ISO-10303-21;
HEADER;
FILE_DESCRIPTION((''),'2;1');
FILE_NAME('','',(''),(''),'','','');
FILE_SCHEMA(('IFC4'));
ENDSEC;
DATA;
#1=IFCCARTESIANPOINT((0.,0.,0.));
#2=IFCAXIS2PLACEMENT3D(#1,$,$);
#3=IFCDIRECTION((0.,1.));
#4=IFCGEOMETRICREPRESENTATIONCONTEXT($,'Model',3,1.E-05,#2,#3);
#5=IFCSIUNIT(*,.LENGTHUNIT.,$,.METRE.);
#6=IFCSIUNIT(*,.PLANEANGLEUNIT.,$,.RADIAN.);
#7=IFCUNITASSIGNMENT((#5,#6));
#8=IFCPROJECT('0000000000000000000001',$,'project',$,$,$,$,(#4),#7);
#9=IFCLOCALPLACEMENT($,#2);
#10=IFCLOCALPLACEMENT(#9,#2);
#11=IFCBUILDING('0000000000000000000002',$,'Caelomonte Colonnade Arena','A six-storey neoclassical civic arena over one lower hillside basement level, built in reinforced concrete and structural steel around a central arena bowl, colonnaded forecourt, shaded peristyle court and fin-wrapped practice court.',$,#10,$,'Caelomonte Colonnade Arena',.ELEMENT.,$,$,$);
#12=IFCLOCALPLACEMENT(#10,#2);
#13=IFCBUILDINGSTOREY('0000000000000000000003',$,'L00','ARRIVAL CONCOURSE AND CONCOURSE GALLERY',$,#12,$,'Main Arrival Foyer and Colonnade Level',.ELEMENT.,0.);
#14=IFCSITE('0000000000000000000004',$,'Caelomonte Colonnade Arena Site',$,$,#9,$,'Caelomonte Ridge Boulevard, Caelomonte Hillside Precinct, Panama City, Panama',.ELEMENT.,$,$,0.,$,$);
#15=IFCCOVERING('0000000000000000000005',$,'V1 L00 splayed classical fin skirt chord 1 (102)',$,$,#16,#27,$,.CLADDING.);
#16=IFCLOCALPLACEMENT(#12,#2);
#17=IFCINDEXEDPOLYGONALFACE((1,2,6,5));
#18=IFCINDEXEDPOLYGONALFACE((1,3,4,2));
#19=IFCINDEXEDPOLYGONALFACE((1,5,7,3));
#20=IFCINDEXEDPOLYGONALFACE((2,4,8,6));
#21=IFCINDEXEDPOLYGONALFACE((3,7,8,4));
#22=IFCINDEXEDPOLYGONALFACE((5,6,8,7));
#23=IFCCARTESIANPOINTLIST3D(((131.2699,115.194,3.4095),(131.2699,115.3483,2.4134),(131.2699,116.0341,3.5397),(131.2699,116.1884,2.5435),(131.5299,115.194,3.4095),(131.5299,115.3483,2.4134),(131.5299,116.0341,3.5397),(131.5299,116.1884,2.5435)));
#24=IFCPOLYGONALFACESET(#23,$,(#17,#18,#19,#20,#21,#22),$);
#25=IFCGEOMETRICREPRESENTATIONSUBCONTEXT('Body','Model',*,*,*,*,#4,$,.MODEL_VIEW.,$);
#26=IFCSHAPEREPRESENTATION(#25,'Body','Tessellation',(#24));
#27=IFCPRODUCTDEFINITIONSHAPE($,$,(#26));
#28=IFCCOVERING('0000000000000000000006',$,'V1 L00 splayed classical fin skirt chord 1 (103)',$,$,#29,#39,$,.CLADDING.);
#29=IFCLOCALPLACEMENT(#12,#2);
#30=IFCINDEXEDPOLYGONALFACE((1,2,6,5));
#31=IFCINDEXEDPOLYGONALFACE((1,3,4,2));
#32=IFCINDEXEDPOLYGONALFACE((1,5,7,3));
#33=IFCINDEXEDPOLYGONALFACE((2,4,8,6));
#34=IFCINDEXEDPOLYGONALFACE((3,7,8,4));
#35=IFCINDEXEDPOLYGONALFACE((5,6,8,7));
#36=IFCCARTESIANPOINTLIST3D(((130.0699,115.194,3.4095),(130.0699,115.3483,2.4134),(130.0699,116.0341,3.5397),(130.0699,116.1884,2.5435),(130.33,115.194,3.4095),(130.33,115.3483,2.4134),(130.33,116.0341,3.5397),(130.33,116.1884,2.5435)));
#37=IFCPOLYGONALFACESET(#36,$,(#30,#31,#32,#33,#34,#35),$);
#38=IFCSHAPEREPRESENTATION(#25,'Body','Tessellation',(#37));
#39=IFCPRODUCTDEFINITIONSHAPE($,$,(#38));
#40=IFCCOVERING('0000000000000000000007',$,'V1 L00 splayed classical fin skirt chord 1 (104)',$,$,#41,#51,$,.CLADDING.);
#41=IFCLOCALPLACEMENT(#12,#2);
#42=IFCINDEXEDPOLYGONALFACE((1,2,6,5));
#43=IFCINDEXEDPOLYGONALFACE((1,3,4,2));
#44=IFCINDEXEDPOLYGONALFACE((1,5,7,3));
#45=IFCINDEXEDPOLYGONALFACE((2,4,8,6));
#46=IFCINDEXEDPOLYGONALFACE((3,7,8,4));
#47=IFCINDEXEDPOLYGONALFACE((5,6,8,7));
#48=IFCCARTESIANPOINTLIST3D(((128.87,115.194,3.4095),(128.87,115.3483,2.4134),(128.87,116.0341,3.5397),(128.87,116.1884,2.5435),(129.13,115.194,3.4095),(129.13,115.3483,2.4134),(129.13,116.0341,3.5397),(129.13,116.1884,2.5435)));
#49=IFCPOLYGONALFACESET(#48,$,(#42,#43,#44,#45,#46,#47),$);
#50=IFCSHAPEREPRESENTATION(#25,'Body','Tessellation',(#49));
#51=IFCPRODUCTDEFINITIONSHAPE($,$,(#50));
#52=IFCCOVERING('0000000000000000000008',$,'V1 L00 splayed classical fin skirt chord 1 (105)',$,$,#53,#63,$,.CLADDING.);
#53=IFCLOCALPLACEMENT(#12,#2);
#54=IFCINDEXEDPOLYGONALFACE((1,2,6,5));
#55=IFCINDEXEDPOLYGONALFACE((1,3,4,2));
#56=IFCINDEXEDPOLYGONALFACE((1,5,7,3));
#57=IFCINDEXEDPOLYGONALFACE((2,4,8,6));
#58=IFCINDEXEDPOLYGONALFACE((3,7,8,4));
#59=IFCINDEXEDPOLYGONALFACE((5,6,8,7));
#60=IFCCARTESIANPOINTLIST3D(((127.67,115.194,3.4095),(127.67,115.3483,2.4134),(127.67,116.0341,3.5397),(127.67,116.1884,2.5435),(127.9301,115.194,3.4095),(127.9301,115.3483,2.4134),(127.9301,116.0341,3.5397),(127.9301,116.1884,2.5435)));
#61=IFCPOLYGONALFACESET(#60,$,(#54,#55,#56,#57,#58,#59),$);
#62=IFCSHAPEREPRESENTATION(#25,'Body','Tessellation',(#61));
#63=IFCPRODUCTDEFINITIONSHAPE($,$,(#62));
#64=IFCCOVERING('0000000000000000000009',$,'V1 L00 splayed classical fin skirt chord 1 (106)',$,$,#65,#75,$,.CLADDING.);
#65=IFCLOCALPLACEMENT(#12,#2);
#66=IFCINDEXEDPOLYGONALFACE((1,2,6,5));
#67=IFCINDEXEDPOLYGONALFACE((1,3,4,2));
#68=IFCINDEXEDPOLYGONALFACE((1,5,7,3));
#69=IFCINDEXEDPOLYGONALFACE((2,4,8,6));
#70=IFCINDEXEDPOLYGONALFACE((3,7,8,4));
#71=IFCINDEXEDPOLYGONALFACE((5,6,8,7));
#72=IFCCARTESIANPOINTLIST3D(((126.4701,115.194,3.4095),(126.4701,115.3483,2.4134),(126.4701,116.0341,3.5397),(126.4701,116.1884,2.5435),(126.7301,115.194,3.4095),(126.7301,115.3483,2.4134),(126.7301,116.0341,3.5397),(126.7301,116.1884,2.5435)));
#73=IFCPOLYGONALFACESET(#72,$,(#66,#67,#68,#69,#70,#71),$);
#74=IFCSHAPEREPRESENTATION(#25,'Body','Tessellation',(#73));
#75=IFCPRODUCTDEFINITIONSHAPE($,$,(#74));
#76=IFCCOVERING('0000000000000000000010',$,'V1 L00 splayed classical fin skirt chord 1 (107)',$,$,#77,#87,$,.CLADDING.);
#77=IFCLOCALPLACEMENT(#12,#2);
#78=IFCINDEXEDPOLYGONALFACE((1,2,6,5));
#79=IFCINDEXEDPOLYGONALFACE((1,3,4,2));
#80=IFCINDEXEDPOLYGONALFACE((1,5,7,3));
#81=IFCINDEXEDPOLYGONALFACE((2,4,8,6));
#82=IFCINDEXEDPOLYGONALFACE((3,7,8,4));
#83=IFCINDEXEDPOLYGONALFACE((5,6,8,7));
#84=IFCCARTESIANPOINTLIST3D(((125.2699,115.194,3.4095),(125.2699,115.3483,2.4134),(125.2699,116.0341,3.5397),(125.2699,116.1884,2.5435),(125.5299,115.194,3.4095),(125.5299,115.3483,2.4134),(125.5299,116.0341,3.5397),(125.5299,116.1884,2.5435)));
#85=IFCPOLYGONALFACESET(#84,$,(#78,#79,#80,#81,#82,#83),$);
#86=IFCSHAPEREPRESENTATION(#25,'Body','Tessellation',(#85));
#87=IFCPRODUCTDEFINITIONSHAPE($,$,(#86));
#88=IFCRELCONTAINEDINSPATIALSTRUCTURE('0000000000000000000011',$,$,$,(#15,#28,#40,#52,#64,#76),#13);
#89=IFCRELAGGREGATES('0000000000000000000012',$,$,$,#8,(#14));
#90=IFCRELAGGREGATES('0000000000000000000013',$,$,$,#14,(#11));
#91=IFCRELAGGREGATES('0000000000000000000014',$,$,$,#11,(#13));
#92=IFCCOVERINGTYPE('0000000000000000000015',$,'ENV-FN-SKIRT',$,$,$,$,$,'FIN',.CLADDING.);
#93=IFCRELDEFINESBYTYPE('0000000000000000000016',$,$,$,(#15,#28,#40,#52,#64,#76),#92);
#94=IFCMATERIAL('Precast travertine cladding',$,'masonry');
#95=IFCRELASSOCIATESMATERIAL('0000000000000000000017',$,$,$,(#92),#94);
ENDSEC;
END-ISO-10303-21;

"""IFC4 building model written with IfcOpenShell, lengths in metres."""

from ifc_helpers import new_model, si_unit, direction, frame, origin, origin_2d, place, context, subcontext, project, spatial, rectangle, extrude, material, material_profile, profile_set, type_object, element, save


model = new_model("IFC4")

# Units and contexts
model_context = context("Model", 3, precision=1e-05, world=origin(), true_north=direction((0.0, 1.0)))
body_context = subcontext(model_context, "Body", "Model", "MODEL_VIEW")
ifc_project = project(units=[si_unit("LENGTHUNIT", "METRE"), si_unit("PLANEANGLEUNIT", "RADIAN")], contexts=[model_context])

# Site, building, storey
site_placement = place(None, origin())
site = spatial("IfcSite", under=ifc_project, at=site_placement, Name="Caelomonte Colonnade Arena Site", LongName="Caelomonte Ridge Boulevard, Caelomonte Hillside Precinct, Panama City, Panama", CompositionType="ELEMENT", RefElevation=0.0)
building_placement = place(site_placement, origin())
building = spatial("IfcBuilding", under=site, at=building_placement, Name="Caelomonte Colonnade Arena", Description="A six-storey neoclassical civic arena over one lower hillside basement level, built in reinforced concrete and structural steel around a central arena bowl, colonnaded forecourt, shaded peristyle court and fin-wrapped practice court.", LongName="Caelomonte Colonnade Arena", CompositionType="ELEMENT")
storey_placement = place(building_placement, origin())
storey = spatial("IfcBuildingStorey", under=building, at=storey_placement, Name="L00", Description="ARRIVAL CONCOURSE AND CONCOURSE GALLERY", LongName="Main Arrival Foyer and Colonnade Level", CompositionType="ELEMENT", Elevation=0.0)

# Coverings
ifc_material_1 = material(Name="Precast travertine cladding", Category="masonry")
ifc_material_profile_1 = material_profile(ifc_material_1, rectangle(XDim=0.26, YDim=0.8501, at=origin_2d()), Name="FIN260X850")
ifc_profile_set_1 = profile_set([ifc_material_profile_1], Name="Precast travertine cladding")
covering_type = type_object("IfcCoveringType", Name="ENV-FN-SKIRT", ElementType="FIN", PredefinedType="CLADDING", material=ifc_profile_set_1)
for number, where, z_axis, x_axis, name in (
    (1, (131.3999, 115.614, 3.4746), (0.0, 0.153076, -0.988214), (-1.0, 0.0, 0.0), "V1 L00 splayed classical fin skirt chord 1 (102)"),
    (2, (130.2, 115.614, 3.4746), (0.0, 0.153076, -0.988214), (-1.0, 0.0, 0.0), "V1 L00 splayed classical fin skirt chord 1 (103)"),
    (3, (129.0, 115.614, 3.4746), (0.0, 0.153076, -0.988214), (-1.0, 0.0, 0.0), "V1 L00 splayed classical fin skirt chord 1 (104)"),
    (4, (127.8, 115.614, 3.4746), (0.0, 0.153076, -0.988214), (-1.0, 0.0, 0.0), "V1 L00 splayed classical fin skirt chord 1 (105)"),
    (5, (126.6001, 115.614, 3.4746), (0.0, 0.153076, -0.988214), (-1.0, 0.0, 0.0), "V1 L00 splayed classical fin skirt chord 1 (106)"),
    (6, (125.3999, 115.614, 3.4746), (0.0, 0.153076, -0.988214), (-1.0, 0.0, 0.0), "V1 L00 splayed classical fin skirt chord 1 (107)"),
):
    element("IfcCovering", number, at=place(storey_placement, frame(where, z_axis=z_axis, x_axis=x_axis)), inside=storey, type_object=covering_type, Name=name, PredefinedType="CLADDING", context=body_context, shape_type="SweptSolid", body=[
        extrude(rectangle(XDim=0.26, YDim=0.8501, at=origin_2d()), origin(), (0.0, 0.0, 1.0), 1.0081),
    ])

save(model, "model.ifc")
